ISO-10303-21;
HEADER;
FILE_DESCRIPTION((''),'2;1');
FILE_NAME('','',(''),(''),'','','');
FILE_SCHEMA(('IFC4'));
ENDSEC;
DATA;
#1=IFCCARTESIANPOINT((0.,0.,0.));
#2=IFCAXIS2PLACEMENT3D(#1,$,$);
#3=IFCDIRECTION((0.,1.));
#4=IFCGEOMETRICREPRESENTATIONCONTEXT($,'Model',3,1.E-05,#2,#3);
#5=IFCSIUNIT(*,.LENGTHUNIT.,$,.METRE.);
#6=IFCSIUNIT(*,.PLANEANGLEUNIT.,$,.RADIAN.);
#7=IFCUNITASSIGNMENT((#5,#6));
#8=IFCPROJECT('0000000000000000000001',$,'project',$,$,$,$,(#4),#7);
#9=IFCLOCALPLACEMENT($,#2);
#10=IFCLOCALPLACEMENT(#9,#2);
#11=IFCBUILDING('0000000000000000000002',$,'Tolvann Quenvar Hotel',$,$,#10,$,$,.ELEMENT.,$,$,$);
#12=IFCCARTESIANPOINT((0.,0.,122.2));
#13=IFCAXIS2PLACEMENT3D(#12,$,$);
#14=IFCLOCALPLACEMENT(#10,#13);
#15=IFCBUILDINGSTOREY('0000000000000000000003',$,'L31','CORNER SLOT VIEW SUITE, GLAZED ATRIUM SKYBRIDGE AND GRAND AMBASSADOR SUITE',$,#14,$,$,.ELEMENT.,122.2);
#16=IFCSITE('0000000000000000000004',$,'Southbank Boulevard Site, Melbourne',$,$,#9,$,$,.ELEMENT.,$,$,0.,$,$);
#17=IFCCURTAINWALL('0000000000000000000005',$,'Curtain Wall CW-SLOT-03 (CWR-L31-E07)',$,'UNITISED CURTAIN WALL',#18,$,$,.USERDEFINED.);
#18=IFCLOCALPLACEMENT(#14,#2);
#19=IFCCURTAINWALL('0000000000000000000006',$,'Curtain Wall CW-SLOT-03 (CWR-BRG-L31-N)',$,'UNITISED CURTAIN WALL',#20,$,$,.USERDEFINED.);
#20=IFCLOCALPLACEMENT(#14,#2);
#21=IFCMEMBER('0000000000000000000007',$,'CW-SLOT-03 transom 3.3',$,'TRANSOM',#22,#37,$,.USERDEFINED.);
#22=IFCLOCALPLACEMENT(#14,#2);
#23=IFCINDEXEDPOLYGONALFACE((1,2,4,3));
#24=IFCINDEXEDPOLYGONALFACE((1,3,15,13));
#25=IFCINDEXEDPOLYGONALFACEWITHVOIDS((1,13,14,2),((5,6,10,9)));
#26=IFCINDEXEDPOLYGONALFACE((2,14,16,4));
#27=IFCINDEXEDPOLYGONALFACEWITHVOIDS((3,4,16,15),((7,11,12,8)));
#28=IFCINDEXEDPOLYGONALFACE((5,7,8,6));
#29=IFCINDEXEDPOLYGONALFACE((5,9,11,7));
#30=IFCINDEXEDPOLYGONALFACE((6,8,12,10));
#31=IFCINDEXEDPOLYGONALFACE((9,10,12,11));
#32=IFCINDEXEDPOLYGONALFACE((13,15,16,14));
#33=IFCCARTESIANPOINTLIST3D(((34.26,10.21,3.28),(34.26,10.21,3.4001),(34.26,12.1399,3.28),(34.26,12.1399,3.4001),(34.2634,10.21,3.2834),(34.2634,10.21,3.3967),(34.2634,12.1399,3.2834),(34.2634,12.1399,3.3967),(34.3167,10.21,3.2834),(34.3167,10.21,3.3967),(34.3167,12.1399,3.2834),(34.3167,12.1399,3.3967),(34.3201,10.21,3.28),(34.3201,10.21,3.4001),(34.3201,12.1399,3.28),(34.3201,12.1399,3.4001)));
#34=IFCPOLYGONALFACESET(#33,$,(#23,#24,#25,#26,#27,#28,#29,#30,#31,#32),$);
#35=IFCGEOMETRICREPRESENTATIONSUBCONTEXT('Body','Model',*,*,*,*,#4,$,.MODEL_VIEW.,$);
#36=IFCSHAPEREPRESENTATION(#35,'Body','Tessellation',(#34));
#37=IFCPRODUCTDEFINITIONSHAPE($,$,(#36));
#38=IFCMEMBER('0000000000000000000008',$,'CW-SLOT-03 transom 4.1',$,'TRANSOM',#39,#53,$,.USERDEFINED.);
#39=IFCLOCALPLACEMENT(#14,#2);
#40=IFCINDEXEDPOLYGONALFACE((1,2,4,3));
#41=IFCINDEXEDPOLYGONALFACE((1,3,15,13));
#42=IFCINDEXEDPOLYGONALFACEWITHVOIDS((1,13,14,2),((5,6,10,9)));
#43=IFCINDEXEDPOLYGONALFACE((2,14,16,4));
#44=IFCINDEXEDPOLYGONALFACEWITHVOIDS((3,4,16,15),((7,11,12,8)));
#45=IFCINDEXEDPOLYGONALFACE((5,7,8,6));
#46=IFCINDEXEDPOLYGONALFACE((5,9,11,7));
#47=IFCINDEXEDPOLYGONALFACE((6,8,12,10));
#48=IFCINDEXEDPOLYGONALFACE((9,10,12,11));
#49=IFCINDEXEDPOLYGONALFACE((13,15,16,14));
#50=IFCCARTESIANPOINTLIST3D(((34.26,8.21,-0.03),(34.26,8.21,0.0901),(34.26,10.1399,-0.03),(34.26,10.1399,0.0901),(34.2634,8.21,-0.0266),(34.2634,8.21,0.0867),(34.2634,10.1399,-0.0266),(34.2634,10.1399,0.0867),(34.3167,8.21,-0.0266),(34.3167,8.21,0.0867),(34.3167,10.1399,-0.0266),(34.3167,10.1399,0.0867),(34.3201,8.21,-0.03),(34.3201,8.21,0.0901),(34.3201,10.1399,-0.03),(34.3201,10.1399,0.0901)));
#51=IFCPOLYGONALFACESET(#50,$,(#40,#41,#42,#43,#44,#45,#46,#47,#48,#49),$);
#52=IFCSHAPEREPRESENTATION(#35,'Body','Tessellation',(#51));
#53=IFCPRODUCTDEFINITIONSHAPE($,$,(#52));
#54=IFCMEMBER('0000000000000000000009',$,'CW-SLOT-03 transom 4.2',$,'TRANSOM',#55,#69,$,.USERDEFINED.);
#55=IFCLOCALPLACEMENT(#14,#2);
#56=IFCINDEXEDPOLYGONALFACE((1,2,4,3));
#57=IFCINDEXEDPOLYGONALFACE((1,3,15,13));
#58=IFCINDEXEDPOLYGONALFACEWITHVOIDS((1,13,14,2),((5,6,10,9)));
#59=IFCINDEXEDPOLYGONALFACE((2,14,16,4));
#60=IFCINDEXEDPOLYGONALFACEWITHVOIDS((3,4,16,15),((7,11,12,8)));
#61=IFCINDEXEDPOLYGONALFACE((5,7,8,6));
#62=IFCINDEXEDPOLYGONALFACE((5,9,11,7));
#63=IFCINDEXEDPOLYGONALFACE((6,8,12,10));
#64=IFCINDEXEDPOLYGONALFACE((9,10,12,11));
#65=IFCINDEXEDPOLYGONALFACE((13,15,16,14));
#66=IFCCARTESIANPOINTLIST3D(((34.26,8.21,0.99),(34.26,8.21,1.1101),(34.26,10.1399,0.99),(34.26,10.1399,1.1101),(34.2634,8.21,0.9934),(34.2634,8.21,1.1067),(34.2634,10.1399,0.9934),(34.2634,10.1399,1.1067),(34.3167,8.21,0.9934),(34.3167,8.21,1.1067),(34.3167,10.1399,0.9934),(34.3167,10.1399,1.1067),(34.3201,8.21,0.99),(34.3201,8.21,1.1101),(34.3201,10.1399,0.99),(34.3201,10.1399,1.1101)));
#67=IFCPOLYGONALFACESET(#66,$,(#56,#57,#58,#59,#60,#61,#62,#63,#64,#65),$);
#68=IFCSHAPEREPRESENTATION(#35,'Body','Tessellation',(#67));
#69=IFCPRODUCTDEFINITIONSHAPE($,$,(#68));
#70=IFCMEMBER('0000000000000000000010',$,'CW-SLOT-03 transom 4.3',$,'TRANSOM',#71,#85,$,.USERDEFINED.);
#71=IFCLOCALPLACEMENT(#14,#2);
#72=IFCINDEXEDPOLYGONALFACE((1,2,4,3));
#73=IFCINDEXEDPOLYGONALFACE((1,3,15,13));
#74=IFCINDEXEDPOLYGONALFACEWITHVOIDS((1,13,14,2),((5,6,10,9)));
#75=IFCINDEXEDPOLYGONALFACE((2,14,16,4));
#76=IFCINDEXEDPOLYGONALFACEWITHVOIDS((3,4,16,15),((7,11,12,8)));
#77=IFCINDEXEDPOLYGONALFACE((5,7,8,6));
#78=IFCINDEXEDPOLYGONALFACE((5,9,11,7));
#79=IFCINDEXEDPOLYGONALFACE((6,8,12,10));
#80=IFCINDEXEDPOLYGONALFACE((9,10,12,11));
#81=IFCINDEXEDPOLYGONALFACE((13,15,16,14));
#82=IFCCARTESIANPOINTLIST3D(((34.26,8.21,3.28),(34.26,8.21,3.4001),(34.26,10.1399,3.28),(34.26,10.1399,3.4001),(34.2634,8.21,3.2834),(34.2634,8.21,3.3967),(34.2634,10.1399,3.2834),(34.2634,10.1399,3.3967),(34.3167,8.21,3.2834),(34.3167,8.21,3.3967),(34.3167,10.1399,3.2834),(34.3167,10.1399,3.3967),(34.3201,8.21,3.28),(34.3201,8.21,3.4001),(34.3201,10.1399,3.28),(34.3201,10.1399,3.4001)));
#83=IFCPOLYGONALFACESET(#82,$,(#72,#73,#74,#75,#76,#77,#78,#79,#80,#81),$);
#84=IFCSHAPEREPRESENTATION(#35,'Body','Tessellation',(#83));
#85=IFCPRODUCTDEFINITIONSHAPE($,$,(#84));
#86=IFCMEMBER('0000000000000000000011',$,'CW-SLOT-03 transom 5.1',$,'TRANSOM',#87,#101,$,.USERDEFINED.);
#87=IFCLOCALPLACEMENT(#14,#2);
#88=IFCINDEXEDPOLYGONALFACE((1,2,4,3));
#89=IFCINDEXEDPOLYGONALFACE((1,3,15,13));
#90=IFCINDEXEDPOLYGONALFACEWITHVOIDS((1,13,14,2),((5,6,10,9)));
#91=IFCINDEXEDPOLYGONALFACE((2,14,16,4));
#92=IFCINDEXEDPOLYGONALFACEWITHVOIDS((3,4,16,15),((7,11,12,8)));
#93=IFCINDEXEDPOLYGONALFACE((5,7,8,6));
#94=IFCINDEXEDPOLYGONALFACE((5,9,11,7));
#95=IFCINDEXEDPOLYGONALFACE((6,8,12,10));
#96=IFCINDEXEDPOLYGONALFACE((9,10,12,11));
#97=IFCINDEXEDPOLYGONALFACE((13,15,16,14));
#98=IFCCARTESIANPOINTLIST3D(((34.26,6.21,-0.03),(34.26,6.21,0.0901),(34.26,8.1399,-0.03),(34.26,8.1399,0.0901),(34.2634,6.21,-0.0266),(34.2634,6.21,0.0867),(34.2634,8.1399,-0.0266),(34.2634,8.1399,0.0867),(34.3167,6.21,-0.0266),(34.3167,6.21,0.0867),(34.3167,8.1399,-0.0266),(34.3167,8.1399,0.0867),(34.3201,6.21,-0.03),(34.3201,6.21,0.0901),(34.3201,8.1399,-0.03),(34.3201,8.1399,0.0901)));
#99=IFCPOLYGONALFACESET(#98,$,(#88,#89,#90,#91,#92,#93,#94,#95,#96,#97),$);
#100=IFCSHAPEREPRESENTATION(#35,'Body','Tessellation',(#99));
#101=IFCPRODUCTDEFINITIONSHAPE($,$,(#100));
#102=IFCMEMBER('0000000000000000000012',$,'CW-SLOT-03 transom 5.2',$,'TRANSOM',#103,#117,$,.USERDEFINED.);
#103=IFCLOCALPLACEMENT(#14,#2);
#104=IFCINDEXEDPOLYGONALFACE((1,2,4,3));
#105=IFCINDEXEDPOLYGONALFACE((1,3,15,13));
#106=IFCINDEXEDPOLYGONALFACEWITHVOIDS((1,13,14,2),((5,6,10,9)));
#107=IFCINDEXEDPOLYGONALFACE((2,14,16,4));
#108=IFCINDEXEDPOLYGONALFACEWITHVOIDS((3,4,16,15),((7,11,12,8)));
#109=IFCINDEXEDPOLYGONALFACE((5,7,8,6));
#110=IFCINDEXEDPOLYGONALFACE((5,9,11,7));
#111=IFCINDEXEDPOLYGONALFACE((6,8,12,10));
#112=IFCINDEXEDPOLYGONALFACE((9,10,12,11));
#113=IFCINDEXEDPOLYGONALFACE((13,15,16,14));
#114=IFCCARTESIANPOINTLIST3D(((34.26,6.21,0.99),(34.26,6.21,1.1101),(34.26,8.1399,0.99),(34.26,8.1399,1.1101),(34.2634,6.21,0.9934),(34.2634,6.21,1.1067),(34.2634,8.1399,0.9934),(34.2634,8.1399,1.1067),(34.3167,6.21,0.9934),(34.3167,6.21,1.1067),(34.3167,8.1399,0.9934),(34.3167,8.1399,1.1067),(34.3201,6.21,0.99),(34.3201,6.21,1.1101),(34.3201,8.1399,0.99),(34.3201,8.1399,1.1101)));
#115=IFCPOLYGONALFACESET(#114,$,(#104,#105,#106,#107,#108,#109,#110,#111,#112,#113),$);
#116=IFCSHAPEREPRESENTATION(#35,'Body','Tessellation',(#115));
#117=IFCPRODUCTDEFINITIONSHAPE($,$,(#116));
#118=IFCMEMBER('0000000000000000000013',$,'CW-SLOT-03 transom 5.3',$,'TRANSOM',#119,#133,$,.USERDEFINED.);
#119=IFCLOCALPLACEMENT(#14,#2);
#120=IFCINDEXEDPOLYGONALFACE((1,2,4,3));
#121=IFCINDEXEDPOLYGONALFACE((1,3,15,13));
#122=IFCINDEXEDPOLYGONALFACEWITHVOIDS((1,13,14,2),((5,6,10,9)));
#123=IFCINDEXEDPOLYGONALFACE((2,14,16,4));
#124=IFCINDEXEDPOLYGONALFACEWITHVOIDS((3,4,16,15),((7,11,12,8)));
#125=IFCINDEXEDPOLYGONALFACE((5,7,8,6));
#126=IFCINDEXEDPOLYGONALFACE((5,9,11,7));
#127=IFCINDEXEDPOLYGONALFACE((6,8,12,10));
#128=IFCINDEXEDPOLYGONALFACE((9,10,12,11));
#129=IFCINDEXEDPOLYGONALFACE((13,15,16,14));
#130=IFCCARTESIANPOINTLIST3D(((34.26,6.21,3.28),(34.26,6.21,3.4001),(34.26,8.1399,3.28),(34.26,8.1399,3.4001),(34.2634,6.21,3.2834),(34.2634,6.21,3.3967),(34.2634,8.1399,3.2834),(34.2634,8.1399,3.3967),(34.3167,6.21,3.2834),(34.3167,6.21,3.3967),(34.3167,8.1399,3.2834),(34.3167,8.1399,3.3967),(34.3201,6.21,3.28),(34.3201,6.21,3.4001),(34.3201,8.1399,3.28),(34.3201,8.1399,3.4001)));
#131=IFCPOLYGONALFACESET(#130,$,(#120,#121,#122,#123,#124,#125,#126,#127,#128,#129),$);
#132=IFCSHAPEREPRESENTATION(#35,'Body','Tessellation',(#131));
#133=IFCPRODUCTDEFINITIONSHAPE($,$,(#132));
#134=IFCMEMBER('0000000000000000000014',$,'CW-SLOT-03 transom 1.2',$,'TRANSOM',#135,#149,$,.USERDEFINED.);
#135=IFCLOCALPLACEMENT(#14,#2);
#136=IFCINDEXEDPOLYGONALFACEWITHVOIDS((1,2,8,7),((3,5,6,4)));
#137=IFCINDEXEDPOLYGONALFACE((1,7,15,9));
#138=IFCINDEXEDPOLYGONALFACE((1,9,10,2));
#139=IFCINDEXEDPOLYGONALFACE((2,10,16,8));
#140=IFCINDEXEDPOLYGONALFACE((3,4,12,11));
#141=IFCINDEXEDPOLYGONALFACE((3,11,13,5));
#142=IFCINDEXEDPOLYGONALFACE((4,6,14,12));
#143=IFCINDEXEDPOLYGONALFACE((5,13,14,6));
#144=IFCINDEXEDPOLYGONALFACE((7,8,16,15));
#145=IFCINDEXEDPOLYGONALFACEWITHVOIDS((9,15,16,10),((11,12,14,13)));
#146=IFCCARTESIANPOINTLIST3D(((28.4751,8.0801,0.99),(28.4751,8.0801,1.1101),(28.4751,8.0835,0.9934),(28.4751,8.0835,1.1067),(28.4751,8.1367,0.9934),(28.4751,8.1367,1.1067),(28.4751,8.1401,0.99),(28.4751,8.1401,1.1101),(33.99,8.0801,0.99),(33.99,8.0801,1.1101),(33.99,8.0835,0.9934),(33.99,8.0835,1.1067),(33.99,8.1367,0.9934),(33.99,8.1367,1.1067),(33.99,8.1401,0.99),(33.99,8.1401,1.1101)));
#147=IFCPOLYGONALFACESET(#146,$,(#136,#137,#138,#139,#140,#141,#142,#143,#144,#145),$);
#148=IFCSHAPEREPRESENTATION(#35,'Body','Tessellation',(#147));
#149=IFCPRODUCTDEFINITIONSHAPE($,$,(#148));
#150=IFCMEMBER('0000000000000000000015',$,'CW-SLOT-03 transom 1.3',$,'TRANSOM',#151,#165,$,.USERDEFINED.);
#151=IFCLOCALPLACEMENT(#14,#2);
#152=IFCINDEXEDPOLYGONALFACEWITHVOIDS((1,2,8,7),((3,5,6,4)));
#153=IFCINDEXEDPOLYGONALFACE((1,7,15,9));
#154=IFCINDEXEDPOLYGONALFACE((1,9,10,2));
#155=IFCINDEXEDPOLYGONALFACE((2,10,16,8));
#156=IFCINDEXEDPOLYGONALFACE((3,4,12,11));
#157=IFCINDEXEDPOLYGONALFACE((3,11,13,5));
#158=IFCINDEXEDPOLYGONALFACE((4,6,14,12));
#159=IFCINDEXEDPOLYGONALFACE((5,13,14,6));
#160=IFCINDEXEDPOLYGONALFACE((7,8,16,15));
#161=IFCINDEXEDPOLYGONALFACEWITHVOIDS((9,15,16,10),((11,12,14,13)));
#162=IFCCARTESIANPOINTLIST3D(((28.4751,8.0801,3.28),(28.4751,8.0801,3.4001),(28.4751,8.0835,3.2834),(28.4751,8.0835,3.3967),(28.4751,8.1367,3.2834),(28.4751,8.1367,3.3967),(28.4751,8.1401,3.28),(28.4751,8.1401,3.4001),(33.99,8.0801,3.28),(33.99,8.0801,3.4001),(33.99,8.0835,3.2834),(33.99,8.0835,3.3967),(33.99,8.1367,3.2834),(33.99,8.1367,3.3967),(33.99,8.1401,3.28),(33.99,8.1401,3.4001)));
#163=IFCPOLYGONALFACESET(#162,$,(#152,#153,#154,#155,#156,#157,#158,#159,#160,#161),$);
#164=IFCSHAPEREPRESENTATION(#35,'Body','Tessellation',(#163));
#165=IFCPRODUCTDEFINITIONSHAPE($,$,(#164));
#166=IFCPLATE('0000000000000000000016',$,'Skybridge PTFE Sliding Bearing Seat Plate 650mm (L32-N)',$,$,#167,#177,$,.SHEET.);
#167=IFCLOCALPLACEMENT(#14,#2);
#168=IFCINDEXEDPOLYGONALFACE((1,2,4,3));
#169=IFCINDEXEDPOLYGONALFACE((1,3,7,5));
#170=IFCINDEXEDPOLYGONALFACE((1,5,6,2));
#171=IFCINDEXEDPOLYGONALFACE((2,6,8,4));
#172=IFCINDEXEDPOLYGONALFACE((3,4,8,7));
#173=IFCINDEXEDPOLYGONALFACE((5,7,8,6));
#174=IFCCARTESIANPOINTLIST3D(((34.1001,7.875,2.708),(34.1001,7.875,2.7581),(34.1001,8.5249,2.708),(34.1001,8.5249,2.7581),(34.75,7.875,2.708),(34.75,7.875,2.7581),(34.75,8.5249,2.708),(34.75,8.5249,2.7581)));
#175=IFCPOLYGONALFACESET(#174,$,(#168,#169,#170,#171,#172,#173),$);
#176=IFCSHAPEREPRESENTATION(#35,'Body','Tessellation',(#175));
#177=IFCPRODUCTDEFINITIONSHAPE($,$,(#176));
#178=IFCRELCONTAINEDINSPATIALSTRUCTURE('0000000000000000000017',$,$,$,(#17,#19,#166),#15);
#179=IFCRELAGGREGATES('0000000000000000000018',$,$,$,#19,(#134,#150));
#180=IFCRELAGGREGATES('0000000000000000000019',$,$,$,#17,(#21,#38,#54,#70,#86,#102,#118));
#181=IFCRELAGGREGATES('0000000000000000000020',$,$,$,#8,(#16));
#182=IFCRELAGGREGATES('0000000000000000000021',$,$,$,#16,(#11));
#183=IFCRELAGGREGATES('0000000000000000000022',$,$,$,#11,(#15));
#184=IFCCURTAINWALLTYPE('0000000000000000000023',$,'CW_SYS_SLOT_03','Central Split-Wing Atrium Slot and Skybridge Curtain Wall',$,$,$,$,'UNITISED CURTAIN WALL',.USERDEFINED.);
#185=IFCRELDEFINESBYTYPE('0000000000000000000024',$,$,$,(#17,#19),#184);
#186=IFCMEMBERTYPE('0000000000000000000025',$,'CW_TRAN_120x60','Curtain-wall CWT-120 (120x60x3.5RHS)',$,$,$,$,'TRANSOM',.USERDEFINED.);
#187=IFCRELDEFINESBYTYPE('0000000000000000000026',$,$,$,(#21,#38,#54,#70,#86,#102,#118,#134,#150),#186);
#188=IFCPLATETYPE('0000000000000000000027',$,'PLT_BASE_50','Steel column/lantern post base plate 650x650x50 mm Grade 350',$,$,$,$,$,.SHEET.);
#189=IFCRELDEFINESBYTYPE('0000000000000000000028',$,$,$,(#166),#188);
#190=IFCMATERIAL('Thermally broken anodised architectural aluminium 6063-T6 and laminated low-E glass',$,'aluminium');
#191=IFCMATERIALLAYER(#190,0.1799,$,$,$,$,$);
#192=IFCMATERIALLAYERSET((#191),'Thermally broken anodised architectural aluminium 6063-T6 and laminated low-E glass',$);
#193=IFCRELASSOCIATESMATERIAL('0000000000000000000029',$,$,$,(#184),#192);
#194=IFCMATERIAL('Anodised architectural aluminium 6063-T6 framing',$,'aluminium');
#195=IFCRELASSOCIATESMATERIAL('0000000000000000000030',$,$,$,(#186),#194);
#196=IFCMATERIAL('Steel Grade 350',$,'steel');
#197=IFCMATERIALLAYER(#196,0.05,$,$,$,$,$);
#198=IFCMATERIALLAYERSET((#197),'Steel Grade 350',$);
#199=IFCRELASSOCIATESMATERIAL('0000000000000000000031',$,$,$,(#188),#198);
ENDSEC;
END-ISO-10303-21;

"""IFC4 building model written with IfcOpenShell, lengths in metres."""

from ifc_helpers import new_model, si_unit, direction, frame, origin, origin_2d, place, context, subcontext, project, spatial, rectangle, hollow_rectangle, extrude, source, transform, mapped, material, layer, layer_set, material_profile, profile_set, type_object, type_shapes, element, aggregate, save


model = new_model("IFC4")

# Units and contexts
model_context = context("Model", 3, precision=1e-05, world=origin(), true_north=direction((0.0, 1.0)))
body_context = subcontext(model_context, "Body", "Model", "MODEL_VIEW")
ifc_project = project(units=[si_unit("LENGTHUNIT", "METRE"), si_unit("PLANEANGLEUNIT", "RADIAN")], contexts=[model_context])

# Site, building, storey
site_placement = place(None, origin())
site = spatial("IfcSite", under=ifc_project, at=site_placement, Name="Southbank Boulevard Site, Melbourne", CompositionType="ELEMENT", RefElevation=0.0)
building_placement = place(site_placement, origin())
building = spatial("IfcBuilding", under=site, at=building_placement, Name="Tolvann Quenvar Hotel", CompositionType="ELEMENT")
storey_placement = place(building_placement, frame((0.0, 0.0, 122.2)))
storey = spatial("IfcBuildingStorey", under=building, at=storey_placement, Name="L31", Description="CORNER SLOT VIEW SUITE, GLAZED ATRIUM SKYBRIDGE AND GRAND AMBASSADOR SUITE", CompositionType="ELEMENT", Elevation=122.2)

# Curtain wall
ifc_material_1 = material(Name="Thermally broken anodised architectural aluminium 6063-T6 and laminated low-E glass", Category="aluminium")
ifc_layer_1 = layer(ifc_material_1, 0.1799)
ifc_layer_set_1 = layer_set([ifc_layer_1], Name="Thermally broken anodised architectural aluminium 6063-T6 and laminated low-E glass")
curtain_wall_type = type_object("IfcCurtainWallType", Name="CW_SYS_SLOT_03", Description="Central Split-Wing Atrium Slot and Skybridge Curtain Wall", ElementType="UNITISED CURTAIN WALL", PredefinedType="USERDEFINED", material=ifc_layer_set_1)
curtain_wall_1_placement = place(storey_placement, origin())
curtain_wall_1 = element("IfcCurtainWall", 1, at=curtain_wall_1_placement, inside=storey, type_object=curtain_wall_type, Name="Curtain Wall CW-SLOT-03 (CWR-L31-E07)", ObjectType="UNITISED CURTAIN WALL", PredefinedType="USERDEFINED")
ifc_material_2 = material(Name="Anodised architectural aluminium 6063-T6 framing", Category="aluminium")

# Curtain wall
curtain_wall_2_placement = place(storey_placement, origin())
curtain_wall_2 = element("IfcCurtainWall", 2, at=curtain_wall_2_placement, inside=storey, type_object=curtain_wall_type, Name="Curtain Wall CW-SLOT-03 (CWR-BRG-L31-N)", ObjectType="UNITISED CURTAIN WALL", PredefinedType="USERDEFINED")

# Members
ifc_material_profile_1 = material_profile(ifc_material_2, hollow_rectangle(XDim=0.0601, YDim=0.1201, WallThickness=0.0034, at=origin_2d()), Name="120x60x3.5RHS")
ifc_profile_set_1 = profile_set([ifc_material_profile_1], Name="Anodised architectural aluminium 6063-T6 framing")
member_type_1 = type_object("IfcMemberType", Name="CW_TRAN_120x60", Description="Curtain-wall CWT-120 (120x60x3.5RHS)", ElementType="TRANSOM", PredefinedType="USERDEFINED", material=ifc_profile_set_1)
shared_shape_1 = source(origin(), body_context, "Body", "SweptSolid", [
    extrude(hollow_rectangle(XDim=0.0601, YDim=0.1201, WallThickness=0.0034, at=origin_2d()), origin(), (0.0, 0.0, 1.0), 1.9299),
])
member_1_placement = place(storey_placement, frame((34.29, 12.1399, 3.3401), z_axis=(0.0, -1.0, 0.0), x_axis=(1.0, 0.0, 0.0)))
member_1 = element("IfcMember", 3, at=member_1_placement, type_object=member_type_1, Name="CW-SLOT-03 transom 3.3", ObjectType="TRANSOM", PredefinedType="USERDEFINED", context=body_context, shape_type="MappedRepresentation", body=[
    mapped(shared_shape_1, transform((0.0, 0.0, 0.0), x_axis=(1.0, 0.0, 0.0), y_axis=(0.0, 1.0, 0.0), z_axis=(0.0, 0.0, 1.0), scale=1.0)),
])
member_2_placement = place(storey_placement, frame((34.29, 10.1399, 0.03), z_axis=(0.0, -1.0, 0.0), x_axis=(1.0, 0.0, 0.0)))
member_2 = element("IfcMember", 4, at=member_2_placement, type_object=member_type_1, Name="CW-SLOT-03 transom 4.1", ObjectType="TRANSOM", PredefinedType="USERDEFINED", context=body_context, shape_type="MappedRepresentation", body=[
    mapped(shared_shape_1, transform((0.0, 0.0, 0.0), x_axis=(1.0, 0.0, 0.0), y_axis=(0.0, 1.0, 0.0), z_axis=(0.0, 0.0, 1.0), scale=1.0)),
])
member_3_placement = place(storey_placement, frame((34.29, 10.1399, 1.05), z_axis=(0.0, -1.0, 0.0), x_axis=(1.0, 0.0, 0.0)))
member_3 = element("IfcMember", 5, at=member_3_placement, type_object=member_type_1, Name="CW-SLOT-03 transom 4.2", ObjectType="TRANSOM", PredefinedType="USERDEFINED", context=body_context, shape_type="MappedRepresentation", body=[
    mapped(shared_shape_1, transform((0.0, 0.0, 0.0), x_axis=(1.0, 0.0, 0.0), y_axis=(0.0, 1.0, 0.0), z_axis=(0.0, 0.0, 1.0), scale=1.0)),
])
member_4_placement = place(storey_placement, frame((34.29, 10.1399, 3.3401), z_axis=(0.0, -1.0, 0.0), x_axis=(1.0, 0.0, 0.0)))
member_4 = element("IfcMember", 6, at=member_4_placement, type_object=member_type_1, Name="CW-SLOT-03 transom 4.3", ObjectType="TRANSOM", PredefinedType="USERDEFINED", context=body_context, shape_type="MappedRepresentation", body=[
    mapped(shared_shape_1, transform((0.0, 0.0, 0.0), x_axis=(1.0, 0.0, 0.0), y_axis=(0.0, 1.0, 0.0), z_axis=(0.0, 0.0, 1.0), scale=1.0)),
])
member_5_placement = place(storey_placement, frame((34.29, 8.1399, 0.03), z_axis=(0.0, -1.0, 0.0), x_axis=(1.0, 0.0, 0.0)))
member_5 = element("IfcMember", 7, at=member_5_placement, type_object=member_type_1, Name="CW-SLOT-03 transom 5.1", ObjectType="TRANSOM", PredefinedType="USERDEFINED", context=body_context, shape_type="MappedRepresentation", body=[
    mapped(shared_shape_1, transform((0.0, 0.0, 0.0), x_axis=(1.0, 0.0, 0.0), y_axis=(0.0, 1.0, 0.0), z_axis=(0.0, 0.0, 1.0), scale=1.0)),
])
member_6_placement = place(storey_placement, frame((34.29, 8.1399, 1.05), z_axis=(0.0, -1.0, 0.0), x_axis=(1.0, 0.0, 0.0)))
member_6 = element("IfcMember", 8, at=member_6_placement, type_object=member_type_1, Name="CW-SLOT-03 transom 5.2", ObjectType="TRANSOM", PredefinedType="USERDEFINED", context=body_context, shape_type="MappedRepresentation", body=[
    mapped(shared_shape_1, transform((0.0, 0.0, 0.0), x_axis=(1.0, 0.0, 0.0), y_axis=(0.0, 1.0, 0.0), z_axis=(0.0, 0.0, 1.0), scale=1.0)),
])
member_7_placement = place(storey_placement, frame((34.29, 8.1399, 3.3401), z_axis=(0.0, -1.0, 0.0), x_axis=(1.0, 0.0, 0.0)))
member_7 = element("IfcMember", 9, at=member_7_placement, type_object=member_type_1, Name="CW-SLOT-03 transom 5.3", ObjectType="TRANSOM", PredefinedType="USERDEFINED", context=body_context, shape_type="MappedRepresentation", body=[
    mapped(shared_shape_1, transform((0.0, 0.0, 0.0), x_axis=(1.0, 0.0, 0.0), y_axis=(0.0, 1.0, 0.0), z_axis=(0.0, 0.0, 1.0), scale=1.0)),
])
shared_shape_2 = source(origin(), body_context, "Body", "SweptSolid", [
    extrude(hollow_rectangle(XDim=0.0601, YDim=0.1201, WallThickness=0.0034, at=origin_2d()), origin(), (0.0, 0.0, 1.0), 5.5149),
])
type_shapes(member_type_1, [shared_shape_1, shared_shape_2])
member_8_placement = place(storey_placement, frame((33.99, 8.1101, 1.05), z_axis=(-1.0, 0.0, 0.0), x_axis=(0.0, -1.0, 0.0)))
member_8 = element("IfcMember", 10, at=member_8_placement, type_object=member_type_1, Name="CW-SLOT-03 transom 1.2", ObjectType="TRANSOM", PredefinedType="USERDEFINED", context=body_context, shape_type="MappedRepresentation", body=[
    mapped(shared_shape_2, transform((0.0, 0.0, 0.0), x_axis=(1.0, 0.0, 0.0), y_axis=(0.0, 1.0, 0.0), z_axis=(0.0, 0.0, 1.0), scale=1.0)),
])
member_9_placement = place(storey_placement, frame((33.99, 8.1101, 3.3401), z_axis=(-1.0, 0.0, 0.0), x_axis=(0.0, -1.0, 0.0)))
member_9 = element("IfcMember", 11, at=member_9_placement, type_object=member_type_1, Name="CW-SLOT-03 transom 1.3", ObjectType="TRANSOM", PredefinedType="USERDEFINED", context=body_context, shape_type="MappedRepresentation", body=[
    mapped(shared_shape_2, transform((0.0, 0.0, 0.0), x_axis=(1.0, 0.0, 0.0), y_axis=(0.0, 1.0, 0.0), z_axis=(0.0, 0.0, 1.0), scale=1.0)),
])
aggregate(curtain_wall_2, [member_8, member_9])

# Plate
ifc_material_3 = material(Name="Steel Grade 350", Category="steel")
ifc_layer_2 = layer(ifc_material_3, 0.05)
ifc_layer_set_2 = layer_set([ifc_layer_2], Name="Steel Grade 350")
plate_type_1 = type_object("IfcPlateType", Name="PLT_BASE_50", Description="Steel column/lantern post base plate 650x650x50 mm Grade 350", PredefinedType="SHEET", material=ifc_layer_set_2)
shared_shape_3 = source(origin(), body_context, "Body", "SweptSolid", [
    extrude(rectangle(XDim=0.6499, YDim=0.6499, at=origin_2d()), origin(), (0.0, 0.0, 1.0), 0.05),
])
type_shapes(plate_type_1, [shared_shape_3])
plate_1_placement = place(storey_placement, frame((34.425, 8.2, 2.708), z_axis=(0.0, 0.0, 1.0), x_axis=(1.0, 0.0, 0.0)))
element("IfcPlate", 12, at=plate_1_placement, inside=storey, type_object=plate_type_1, Name="Skybridge PTFE Sliding Bearing Seat Plate 650mm (L32-N)", PredefinedType="SHEET", context=body_context, shape_type="MappedRepresentation", body=[
    mapped(shared_shape_3, transform((0.0, 0.0, 0.0), x_axis=(1.0, 0.0, 0.0), y_axis=(0.0, 1.0, 0.0), z_axis=(0.0, 0.0, 1.0), scale=1.0)),
])

aggregate(curtain_wall_1, [member_1, member_2, member_3, member_4, member_5, member_6, member_7])

save(model, "model.ifc")
